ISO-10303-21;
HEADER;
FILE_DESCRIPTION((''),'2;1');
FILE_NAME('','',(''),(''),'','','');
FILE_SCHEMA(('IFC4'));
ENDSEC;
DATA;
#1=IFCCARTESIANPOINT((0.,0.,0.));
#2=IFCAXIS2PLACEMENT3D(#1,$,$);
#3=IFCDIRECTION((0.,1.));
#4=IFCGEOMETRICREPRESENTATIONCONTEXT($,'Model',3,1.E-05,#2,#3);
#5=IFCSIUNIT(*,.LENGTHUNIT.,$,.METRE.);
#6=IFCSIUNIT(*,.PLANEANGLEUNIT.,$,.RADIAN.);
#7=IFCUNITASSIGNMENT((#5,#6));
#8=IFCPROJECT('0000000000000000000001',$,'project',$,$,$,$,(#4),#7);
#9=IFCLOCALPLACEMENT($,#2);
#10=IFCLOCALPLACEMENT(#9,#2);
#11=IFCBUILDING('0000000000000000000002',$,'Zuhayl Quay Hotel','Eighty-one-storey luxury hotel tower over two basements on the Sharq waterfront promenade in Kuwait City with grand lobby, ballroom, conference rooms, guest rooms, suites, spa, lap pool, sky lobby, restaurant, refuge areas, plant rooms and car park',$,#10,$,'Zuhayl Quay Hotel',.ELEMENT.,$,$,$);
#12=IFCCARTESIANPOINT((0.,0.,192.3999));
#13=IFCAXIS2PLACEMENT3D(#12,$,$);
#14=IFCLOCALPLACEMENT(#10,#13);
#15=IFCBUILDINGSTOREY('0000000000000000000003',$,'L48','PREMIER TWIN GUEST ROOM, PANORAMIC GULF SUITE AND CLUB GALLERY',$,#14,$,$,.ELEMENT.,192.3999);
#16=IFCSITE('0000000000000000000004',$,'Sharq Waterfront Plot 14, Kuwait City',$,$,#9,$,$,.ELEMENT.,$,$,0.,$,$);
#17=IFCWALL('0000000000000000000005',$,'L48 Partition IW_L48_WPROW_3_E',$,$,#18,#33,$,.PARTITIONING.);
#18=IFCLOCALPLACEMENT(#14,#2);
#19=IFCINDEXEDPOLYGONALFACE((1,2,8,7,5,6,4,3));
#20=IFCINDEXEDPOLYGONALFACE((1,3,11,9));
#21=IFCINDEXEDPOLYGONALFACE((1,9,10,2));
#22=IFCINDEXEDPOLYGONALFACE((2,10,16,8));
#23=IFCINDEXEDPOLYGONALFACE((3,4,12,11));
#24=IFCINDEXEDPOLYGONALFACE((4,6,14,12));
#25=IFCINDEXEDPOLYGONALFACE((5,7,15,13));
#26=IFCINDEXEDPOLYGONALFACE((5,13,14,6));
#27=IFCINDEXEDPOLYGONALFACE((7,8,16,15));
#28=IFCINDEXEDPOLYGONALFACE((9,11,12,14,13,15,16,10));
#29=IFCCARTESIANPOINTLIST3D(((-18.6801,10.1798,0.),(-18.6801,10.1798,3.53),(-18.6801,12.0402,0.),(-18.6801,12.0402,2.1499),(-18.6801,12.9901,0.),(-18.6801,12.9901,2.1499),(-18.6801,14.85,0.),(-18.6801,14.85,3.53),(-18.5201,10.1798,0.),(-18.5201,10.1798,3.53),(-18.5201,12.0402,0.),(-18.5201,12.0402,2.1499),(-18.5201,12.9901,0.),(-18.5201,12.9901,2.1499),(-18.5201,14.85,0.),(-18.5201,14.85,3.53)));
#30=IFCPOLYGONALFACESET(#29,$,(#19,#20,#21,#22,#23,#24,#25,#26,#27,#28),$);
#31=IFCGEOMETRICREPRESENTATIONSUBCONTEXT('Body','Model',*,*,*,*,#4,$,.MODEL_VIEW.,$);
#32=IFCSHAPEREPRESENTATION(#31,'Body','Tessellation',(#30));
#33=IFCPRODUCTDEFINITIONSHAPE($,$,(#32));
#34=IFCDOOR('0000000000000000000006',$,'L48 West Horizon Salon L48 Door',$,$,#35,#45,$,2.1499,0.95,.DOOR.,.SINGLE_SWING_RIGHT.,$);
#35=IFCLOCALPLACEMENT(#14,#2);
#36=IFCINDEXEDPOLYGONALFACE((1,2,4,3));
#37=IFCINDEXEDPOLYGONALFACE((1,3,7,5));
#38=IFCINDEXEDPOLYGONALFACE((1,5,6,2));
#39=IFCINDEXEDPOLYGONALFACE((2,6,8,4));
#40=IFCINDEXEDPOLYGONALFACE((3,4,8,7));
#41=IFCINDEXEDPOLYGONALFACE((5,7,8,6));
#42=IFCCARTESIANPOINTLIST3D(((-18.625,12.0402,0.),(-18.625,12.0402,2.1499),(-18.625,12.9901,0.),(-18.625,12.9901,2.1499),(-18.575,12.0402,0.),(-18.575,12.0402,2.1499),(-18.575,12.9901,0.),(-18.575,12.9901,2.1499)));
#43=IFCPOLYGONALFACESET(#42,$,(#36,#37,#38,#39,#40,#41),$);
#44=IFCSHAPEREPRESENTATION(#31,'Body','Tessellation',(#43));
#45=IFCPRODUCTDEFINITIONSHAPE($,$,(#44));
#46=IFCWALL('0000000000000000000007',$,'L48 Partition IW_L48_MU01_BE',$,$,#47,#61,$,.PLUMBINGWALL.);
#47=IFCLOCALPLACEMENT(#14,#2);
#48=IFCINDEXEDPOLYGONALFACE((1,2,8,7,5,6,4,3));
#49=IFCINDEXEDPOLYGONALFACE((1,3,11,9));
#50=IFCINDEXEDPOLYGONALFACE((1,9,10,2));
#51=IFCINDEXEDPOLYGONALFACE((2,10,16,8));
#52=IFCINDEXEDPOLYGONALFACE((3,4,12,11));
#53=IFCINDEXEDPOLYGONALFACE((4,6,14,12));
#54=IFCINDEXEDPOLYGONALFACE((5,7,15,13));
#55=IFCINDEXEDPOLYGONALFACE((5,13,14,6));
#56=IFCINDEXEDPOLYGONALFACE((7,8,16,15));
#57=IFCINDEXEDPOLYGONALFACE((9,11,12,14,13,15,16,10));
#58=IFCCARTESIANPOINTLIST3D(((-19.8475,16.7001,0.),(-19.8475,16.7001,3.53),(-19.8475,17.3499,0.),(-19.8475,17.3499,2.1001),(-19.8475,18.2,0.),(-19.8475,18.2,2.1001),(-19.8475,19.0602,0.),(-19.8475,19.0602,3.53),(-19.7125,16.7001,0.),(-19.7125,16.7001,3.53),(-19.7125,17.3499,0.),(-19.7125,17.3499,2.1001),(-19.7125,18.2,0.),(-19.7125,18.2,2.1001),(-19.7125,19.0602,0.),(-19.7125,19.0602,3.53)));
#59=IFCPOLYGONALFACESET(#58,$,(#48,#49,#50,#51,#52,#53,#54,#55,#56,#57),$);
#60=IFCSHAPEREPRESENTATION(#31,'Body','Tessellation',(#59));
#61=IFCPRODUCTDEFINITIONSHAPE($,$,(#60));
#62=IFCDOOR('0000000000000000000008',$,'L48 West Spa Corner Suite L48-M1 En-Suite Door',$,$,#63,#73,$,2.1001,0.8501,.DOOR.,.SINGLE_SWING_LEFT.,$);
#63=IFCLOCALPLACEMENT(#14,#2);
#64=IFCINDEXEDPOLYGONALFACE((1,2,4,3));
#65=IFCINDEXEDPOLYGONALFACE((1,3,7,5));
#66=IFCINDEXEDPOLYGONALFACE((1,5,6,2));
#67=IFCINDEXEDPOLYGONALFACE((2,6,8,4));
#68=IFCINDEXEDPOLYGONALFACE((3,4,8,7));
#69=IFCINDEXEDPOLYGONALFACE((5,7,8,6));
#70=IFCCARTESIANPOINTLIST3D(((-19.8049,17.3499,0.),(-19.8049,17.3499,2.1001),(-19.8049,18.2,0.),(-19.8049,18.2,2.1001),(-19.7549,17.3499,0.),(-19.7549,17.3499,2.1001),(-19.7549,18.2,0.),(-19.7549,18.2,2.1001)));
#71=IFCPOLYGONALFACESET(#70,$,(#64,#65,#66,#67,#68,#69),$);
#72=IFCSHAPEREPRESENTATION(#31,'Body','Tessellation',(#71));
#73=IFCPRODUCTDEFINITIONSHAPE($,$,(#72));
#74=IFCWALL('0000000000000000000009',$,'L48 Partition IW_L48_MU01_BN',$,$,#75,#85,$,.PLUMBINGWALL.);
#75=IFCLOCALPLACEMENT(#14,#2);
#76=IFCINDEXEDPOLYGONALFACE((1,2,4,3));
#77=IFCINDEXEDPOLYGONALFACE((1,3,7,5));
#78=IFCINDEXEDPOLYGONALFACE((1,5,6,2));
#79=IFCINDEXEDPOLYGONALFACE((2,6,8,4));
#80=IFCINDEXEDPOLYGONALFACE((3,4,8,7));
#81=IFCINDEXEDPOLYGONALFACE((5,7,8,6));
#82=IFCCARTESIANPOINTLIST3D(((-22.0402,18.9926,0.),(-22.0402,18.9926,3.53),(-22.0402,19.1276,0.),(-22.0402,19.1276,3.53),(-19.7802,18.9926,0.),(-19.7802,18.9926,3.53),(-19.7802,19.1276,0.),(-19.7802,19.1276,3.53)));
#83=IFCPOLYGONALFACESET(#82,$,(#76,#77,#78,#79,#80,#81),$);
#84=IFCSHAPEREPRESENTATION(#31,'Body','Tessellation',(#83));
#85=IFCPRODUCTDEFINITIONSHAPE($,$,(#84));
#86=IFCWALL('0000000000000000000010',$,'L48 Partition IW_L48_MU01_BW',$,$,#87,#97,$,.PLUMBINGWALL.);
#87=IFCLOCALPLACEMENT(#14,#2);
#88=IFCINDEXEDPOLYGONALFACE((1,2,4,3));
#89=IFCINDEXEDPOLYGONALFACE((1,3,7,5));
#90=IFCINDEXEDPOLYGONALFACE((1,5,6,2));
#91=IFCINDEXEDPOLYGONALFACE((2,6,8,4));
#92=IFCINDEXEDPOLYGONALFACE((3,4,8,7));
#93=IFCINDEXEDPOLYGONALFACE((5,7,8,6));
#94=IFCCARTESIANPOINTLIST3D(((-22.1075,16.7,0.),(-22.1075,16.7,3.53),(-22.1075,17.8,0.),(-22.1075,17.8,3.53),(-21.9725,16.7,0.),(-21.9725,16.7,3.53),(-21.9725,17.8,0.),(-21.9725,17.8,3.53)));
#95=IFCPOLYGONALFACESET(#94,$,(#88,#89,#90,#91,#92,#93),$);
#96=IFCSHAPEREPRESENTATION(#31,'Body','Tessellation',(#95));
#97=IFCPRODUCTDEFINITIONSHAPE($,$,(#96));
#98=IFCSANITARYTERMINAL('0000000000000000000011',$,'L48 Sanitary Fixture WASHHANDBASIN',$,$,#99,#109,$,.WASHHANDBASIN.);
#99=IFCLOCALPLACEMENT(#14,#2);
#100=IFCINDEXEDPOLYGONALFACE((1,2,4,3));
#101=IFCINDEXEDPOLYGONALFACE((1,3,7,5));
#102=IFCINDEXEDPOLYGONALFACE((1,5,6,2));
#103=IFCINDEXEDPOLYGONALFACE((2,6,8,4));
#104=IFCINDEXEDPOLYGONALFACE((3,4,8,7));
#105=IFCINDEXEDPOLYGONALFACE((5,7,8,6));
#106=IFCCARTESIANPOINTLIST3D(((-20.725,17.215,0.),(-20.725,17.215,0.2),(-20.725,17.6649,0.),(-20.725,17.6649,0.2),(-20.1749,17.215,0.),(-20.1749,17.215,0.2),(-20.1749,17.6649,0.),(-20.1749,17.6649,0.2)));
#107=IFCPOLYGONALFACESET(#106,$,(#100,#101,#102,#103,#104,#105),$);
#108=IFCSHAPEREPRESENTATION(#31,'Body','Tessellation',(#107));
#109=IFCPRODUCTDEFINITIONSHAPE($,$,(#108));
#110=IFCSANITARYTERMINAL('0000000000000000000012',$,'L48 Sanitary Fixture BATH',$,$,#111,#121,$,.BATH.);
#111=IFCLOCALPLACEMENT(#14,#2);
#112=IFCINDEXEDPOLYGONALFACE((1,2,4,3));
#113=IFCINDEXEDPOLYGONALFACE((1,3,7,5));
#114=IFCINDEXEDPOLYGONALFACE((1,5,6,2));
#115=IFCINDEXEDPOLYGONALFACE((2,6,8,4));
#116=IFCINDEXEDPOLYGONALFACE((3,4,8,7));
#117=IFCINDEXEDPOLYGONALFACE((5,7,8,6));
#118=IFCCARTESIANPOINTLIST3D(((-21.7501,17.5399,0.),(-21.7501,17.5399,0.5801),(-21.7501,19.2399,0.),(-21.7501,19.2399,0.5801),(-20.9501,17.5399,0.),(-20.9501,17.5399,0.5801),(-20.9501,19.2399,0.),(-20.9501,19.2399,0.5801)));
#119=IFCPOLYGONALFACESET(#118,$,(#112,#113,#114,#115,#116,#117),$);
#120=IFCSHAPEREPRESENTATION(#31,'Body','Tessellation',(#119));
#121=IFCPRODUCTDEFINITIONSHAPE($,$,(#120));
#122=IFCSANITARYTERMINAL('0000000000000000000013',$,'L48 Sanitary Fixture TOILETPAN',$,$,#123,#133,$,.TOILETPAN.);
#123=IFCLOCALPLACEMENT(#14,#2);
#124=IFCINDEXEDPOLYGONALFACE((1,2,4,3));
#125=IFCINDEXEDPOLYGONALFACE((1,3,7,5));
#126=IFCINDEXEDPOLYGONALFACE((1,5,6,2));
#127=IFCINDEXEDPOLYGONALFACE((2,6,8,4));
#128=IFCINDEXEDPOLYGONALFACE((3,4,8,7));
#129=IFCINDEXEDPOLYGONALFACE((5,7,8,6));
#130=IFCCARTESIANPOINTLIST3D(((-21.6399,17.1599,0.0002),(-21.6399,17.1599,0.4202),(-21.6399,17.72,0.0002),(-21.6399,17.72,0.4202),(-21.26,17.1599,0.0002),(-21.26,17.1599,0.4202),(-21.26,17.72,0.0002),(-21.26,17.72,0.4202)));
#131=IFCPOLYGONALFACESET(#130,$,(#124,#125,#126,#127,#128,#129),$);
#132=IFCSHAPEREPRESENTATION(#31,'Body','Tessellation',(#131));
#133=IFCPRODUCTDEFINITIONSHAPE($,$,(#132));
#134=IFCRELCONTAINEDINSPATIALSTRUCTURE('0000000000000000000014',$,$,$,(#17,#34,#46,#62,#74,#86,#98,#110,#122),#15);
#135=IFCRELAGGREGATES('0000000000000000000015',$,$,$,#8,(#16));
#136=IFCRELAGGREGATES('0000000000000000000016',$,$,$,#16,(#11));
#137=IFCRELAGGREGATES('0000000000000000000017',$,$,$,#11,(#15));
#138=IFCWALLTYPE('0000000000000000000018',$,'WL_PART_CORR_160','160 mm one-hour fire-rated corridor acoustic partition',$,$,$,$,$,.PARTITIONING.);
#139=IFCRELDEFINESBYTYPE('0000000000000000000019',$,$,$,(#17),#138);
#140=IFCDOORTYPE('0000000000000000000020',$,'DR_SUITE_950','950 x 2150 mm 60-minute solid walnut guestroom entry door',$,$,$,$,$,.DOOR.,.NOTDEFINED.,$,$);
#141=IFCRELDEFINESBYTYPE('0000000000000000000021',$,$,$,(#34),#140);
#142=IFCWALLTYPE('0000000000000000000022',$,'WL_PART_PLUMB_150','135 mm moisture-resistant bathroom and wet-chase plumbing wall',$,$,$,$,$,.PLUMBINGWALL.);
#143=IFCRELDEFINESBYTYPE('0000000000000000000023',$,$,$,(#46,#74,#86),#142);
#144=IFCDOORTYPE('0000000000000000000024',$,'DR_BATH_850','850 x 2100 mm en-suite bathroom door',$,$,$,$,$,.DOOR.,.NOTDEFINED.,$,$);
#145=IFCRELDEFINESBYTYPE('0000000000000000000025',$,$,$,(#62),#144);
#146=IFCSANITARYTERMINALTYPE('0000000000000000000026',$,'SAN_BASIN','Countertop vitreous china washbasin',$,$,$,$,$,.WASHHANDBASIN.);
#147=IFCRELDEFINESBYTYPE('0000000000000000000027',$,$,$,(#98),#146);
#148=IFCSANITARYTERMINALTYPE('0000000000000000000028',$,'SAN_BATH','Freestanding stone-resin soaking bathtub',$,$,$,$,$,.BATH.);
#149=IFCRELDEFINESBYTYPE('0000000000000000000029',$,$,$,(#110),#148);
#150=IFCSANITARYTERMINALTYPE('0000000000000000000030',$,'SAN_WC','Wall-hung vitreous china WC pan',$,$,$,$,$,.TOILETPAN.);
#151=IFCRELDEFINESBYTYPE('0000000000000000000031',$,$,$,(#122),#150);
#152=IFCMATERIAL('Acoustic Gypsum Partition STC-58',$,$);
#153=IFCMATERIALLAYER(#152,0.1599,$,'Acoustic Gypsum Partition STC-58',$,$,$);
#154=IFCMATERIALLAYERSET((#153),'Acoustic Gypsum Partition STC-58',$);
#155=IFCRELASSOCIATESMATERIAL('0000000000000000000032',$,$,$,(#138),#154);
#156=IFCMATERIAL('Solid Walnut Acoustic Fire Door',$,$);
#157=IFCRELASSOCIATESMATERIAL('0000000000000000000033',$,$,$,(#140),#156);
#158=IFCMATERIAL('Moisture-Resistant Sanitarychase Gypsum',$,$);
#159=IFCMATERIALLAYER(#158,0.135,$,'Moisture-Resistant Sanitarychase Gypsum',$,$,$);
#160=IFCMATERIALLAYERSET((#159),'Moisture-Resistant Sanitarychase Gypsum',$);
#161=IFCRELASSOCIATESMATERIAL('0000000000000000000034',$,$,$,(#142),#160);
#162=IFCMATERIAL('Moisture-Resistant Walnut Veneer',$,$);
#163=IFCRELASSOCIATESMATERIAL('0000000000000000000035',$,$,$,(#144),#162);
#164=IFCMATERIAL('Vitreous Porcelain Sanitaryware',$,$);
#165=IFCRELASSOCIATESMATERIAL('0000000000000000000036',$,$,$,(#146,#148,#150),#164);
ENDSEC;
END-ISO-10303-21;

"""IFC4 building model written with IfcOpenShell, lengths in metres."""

from ifc_helpers import new_model, si_unit, direction, frame, frame_2d, origin, origin_2d, place, context, subcontext, project, spatial, rectangle, extrude, material, layer, layer_set, type_object, element, fill, save


model = new_model("IFC4")

# Units and contexts
model_context = context("Model", 3, precision=1e-05, world=origin(), true_north=direction((0.0, 1.0)))
body_context = subcontext(model_context, "Body", "Model", "MODEL_VIEW")
ifc_project = project(units=[si_unit("LENGTHUNIT", "METRE"), si_unit("PLANEANGLEUNIT", "RADIAN")], contexts=[model_context])

# Site, building, storey
site_placement = place(None, origin())
site = spatial("IfcSite", under=ifc_project, at=site_placement, Name="Sharq Waterfront Plot 14, Kuwait City", CompositionType="ELEMENT", RefElevation=0.0)
building_placement = place(site_placement, origin())
building = spatial("IfcBuilding", under=site, at=building_placement, Name="Zuhayl Quay Hotel", Description="Eighty-one-storey luxury hotel tower over two basements on the Sharq waterfront promenade in Kuwait City with grand lobby, ballroom, conference rooms, guest rooms, suites, spa, lap pool, sky lobby, restaurant, refuge areas, plant rooms and car park", LongName="Zuhayl Quay Hotel", CompositionType="ELEMENT")
storey_placement = place(building_placement, frame((0.0, 0.0, 192.3999)))
storey = spatial("IfcBuildingStorey", under=building, at=storey_placement, Name="L48", Description="PREMIER TWIN GUEST ROOM, PANORAMIC GULF SUITE AND CLUB GALLERY", CompositionType="ELEMENT", Elevation=192.3999)

# Shared definitions
ifc_material_1 = material(Name="Acoustic Gypsum Partition STC-58")

# Walls, openings, doors
ifc_layer_1 = layer(ifc_material_1, 0.1599, Name="Acoustic Gypsum Partition STC-58")
ifc_layer_set_1 = layer_set([ifc_layer_1], Name="Acoustic Gypsum Partition STC-58")
wall_type_1 = type_object("IfcWallType", Name="WL_PART_CORR_160", Description="160 mm one-hour fire-rated corridor acoustic partition", PredefinedType="PARTITIONING", material=ifc_layer_set_1)
ifc_material_2 = material(Name="Solid Walnut Acoustic Fire Door")
wall_1_placement = place(storey_placement, frame((-18.6001, 10.1799, 0.0), z_axis=(0.0, 0.0, 1.0), x_axis=(0.0, 1.0, 0.0)))
wall_1 = element("IfcWall", 1, at=wall_1_placement, inside=storey, type_object=wall_type_1, Name="L48 Partition IW_L48_WPROW_3_E", PredefinedType="PARTITIONING", context=body_context, shape_type="SweptSolid", body=[
    extrude(rectangle(XDim=4.6702, YDim=0.1599, at=frame_2d((2.335, 0.0))), origin(), (0.0, 0.0, 1.0), 3.53),
])
opening_1_placement = place(wall_1_placement, frame((1.8601, 0.0, 0.0)))
opening_1 = element("IfcOpeningElement", 2, at=opening_1_placement, cuts=wall_1, PredefinedType="OPENING", context=body_context, shape_type="SweptSolid", body=[
    extrude(rectangle(XDim=0.95, YDim=2.1499, at=frame_2d((0.4751, 1.075))), frame((0.0, 0.0898, 0.0), z_axis=(0.0, -1.0, 0.0), x_axis=(1.0, 0.0, 0.0)), (0.0, 0.0, 1.0), 0.1799),
])
door_type_1 = type_object("IfcDoorType", Name="DR_SUITE_950", Description="950 x 2150 mm 60-minute solid walnut guestroom entry door", OperationType="NOTDEFINED", PredefinedType="DOOR", material=ifc_material_2)
door_1_placement = place(opening_1_placement, origin())
door_1 = element("IfcDoor", 3, at=door_1_placement, inside=storey, type_object=door_type_1, Name="L48 West Horizon Salon L48 Door", OperationType="SINGLE_SWING_RIGHT", OverallHeight=2.1499, OverallWidth=0.95, PredefinedType="DOOR", context=body_context, shape_type="SweptSolid", body=[
    extrude(rectangle(XDim=0.95, YDim=2.1499, at=frame_2d((0.4751, 1.075))), frame((0.0, 0.0249, 0.0), z_axis=(0.0, -1.0, 0.0), x_axis=(1.0, 0.0, 0.0)), (0.0, 0.0, 1.0), 0.05),
])
fill(opening_1, door_1)
ifc_material_3 = material(Name="Moisture-Resistant Sanitarychase Gypsum")
ifc_layer_2 = layer(ifc_material_3, 0.135, Name="Moisture-Resistant Sanitarychase Gypsum")
ifc_layer_set_2 = layer_set([ifc_layer_2], Name="Moisture-Resistant Sanitarychase Gypsum")
wall_type_2 = type_object("IfcWallType", Name="WL_PART_PLUMB_150", Description="135 mm moisture-resistant bathroom and wet-chase plumbing wall", PredefinedType="PLUMBINGWALL", material=ifc_layer_set_2)
wall_2_placement = place(storey_placement, frame((-19.78, 16.7, 0.0), z_axis=(0.0, 0.0, 1.0), x_axis=(0.0, 1.0, 0.0)))
wall_2 = element("IfcWall", 4, at=wall_2_placement, inside=storey, type_object=wall_type_2, Name="L48 Partition IW_L48_MU01_BE", PredefinedType="PLUMBINGWALL", context=body_context, shape_type="SweptSolid", body=[
    extrude(rectangle(XDim=2.3601, YDim=0.135, at=frame_2d((1.1802, 0.0))), origin(), (0.0, 0.0, 1.0), 3.53),
])
opening_2_placement = place(wall_2_placement, frame((0.6499, 0.0, 0.0)))
opening_2 = element("IfcOpeningElement", 5, at=opening_2_placement, cuts=wall_2, PredefinedType="OPENING", context=body_context, shape_type="SweptSolid", body=[
    extrude(rectangle(XDim=0.8501, YDim=2.1001, at=frame_2d((0.425, 1.05))), frame((0.0, 0.0774, 0.0), z_axis=(0.0, -1.0, 0.0), x_axis=(1.0, 0.0, 0.0)), (0.0, 0.0, 1.0), 0.155),
])
ifc_material_4 = material(Name="Moisture-Resistant Walnut Veneer")
door_type_2 = type_object("IfcDoorType", Name="DR_BATH_850", Description="850 x 2100 mm en-suite bathroom door", OperationType="NOTDEFINED", PredefinedType="DOOR", material=ifc_material_4)
door_2_placement = place(opening_2_placement, origin())
door_2 = element("IfcDoor", 6, at=door_2_placement, inside=storey, type_object=door_type_2, Name="L48 West Spa Corner Suite L48-M1 En-Suite Door", OperationType="SINGLE_SWING_LEFT", OverallHeight=2.1001, OverallWidth=0.8501, PredefinedType="DOOR", context=body_context, shape_type="SweptSolid", body=[
    extrude(rectangle(XDim=0.8501, YDim=2.1001, at=frame_2d((0.425, 1.05))), frame((0.0, 0.0249, 0.0), z_axis=(0.0, -1.0, 0.0), x_axis=(1.0, 0.0, 0.0)), (0.0, 0.0, 1.0), 0.05),
])
fill(opening_2, door_2)

# Walls
wall_3_placement = place(storey_placement, frame((-22.04, 19.0601, 0.0), z_axis=(0.0, 0.0, 1.0), x_axis=(1.0, 0.0, 0.0)))
element("IfcWall", 7, at=wall_3_placement, inside=storey, type_object=wall_type_2, Name="L48 Partition IW_L48_MU01_BN", PredefinedType="PLUMBINGWALL", context=body_context, shape_type="SweptSolid", body=[
    extrude(rectangle(XDim=2.26, YDim=0.135, at=frame_2d((1.1299, 0.0))), origin(), (0.0, 0.0, 1.0), 3.53),
])
wall_4_placement = place(storey_placement, frame((-22.04, 16.7, 0.0), z_axis=(0.0, 0.0, 1.0), x_axis=(0.0, 1.0, 0.0)))
element("IfcWall", 8, at=wall_4_placement, inside=storey, type_object=wall_type_2, Name="L48 Partition IW_L48_MU01_BW", PredefinedType="PLUMBINGWALL", context=body_context, shape_type="SweptSolid", body=[
    extrude(rectangle(XDim=1.1001, YDim=0.135, at=frame_2d((0.55, 0.0))), origin(), (0.0, 0.0, 1.0), 3.53),
])

# Sanitary terminals
ifc_material_5 = material(Name="Vitreous Porcelain Sanitaryware")
sanitary_terminal_type_1 = type_object("IfcSanitaryTerminalType", Name="SAN_BASIN", Description="Countertop vitreous china washbasin", PredefinedType="WASHHANDBASIN", material=ifc_material_5)
sanitary_terminal_1_placement = place(storey_placement, frame((-20.45, 17.4399, 0.0), z_axis=(0.0, 0.0, 1.0), x_axis=(1.0, 0.0, 0.0)))
element("IfcSanitaryTerminal", 9, at=sanitary_terminal_1_placement, inside=storey, type_object=sanitary_terminal_type_1, Name="L48 Sanitary Fixture WASHHANDBASIN", PredefinedType="WASHHANDBASIN", context=body_context, shape_type="SweptSolid", body=[
    extrude(rectangle(XDim=0.55, YDim=0.45, at=origin_2d()), origin(), (0.0, 0.0, 1.0), 0.2),
])
sanitary_terminal_type_2 = type_object("IfcSanitaryTerminalType", Name="SAN_BATH", Description="Freestanding stone-resin soaking bathtub", PredefinedType="BATH", material=ifc_material_5)
sanitary_terminal_2_placement = place(storey_placement, frame((-21.3501, 18.3899, 0.0), z_axis=(0.0, 0.0, 1.0), x_axis=(1.0, 0.0, 0.0)))
element("IfcSanitaryTerminal", 10, at=sanitary_terminal_2_placement, inside=storey, type_object=sanitary_terminal_type_2, Name="L48 Sanitary Fixture BATH", PredefinedType="BATH", context=body_context, shape_type="SweptSolid", body=[
    extrude(rectangle(XDim=0.8, YDim=1.7, at=origin_2d()), origin(), (0.0, 0.0, 1.0), 0.5801),
])
sanitary_terminal_type_3 = type_object("IfcSanitaryTerminalType", Name="SAN_WC", Description="Wall-hung vitreous china WC pan", PredefinedType="TOILETPAN", material=ifc_material_5)
sanitary_terminal_3_placement = place(storey_placement, frame((-21.45, 17.4399, 0.0002), z_axis=(0.0, 0.0, 1.0), x_axis=(1.0, 0.0, 0.0)))
element("IfcSanitaryTerminal", 11, at=sanitary_terminal_3_placement, inside=storey, type_object=sanitary_terminal_type_3, Name="L48 Sanitary Fixture TOILETPAN", PredefinedType="TOILETPAN", context=body_context, shape_type="SweptSolid", body=[
    extrude(rectangle(XDim=0.3799, YDim=0.5601, at=origin_2d()), origin(), (0.0, 0.0, 1.0), 0.4199),
])

save(model, "model.ifc")
